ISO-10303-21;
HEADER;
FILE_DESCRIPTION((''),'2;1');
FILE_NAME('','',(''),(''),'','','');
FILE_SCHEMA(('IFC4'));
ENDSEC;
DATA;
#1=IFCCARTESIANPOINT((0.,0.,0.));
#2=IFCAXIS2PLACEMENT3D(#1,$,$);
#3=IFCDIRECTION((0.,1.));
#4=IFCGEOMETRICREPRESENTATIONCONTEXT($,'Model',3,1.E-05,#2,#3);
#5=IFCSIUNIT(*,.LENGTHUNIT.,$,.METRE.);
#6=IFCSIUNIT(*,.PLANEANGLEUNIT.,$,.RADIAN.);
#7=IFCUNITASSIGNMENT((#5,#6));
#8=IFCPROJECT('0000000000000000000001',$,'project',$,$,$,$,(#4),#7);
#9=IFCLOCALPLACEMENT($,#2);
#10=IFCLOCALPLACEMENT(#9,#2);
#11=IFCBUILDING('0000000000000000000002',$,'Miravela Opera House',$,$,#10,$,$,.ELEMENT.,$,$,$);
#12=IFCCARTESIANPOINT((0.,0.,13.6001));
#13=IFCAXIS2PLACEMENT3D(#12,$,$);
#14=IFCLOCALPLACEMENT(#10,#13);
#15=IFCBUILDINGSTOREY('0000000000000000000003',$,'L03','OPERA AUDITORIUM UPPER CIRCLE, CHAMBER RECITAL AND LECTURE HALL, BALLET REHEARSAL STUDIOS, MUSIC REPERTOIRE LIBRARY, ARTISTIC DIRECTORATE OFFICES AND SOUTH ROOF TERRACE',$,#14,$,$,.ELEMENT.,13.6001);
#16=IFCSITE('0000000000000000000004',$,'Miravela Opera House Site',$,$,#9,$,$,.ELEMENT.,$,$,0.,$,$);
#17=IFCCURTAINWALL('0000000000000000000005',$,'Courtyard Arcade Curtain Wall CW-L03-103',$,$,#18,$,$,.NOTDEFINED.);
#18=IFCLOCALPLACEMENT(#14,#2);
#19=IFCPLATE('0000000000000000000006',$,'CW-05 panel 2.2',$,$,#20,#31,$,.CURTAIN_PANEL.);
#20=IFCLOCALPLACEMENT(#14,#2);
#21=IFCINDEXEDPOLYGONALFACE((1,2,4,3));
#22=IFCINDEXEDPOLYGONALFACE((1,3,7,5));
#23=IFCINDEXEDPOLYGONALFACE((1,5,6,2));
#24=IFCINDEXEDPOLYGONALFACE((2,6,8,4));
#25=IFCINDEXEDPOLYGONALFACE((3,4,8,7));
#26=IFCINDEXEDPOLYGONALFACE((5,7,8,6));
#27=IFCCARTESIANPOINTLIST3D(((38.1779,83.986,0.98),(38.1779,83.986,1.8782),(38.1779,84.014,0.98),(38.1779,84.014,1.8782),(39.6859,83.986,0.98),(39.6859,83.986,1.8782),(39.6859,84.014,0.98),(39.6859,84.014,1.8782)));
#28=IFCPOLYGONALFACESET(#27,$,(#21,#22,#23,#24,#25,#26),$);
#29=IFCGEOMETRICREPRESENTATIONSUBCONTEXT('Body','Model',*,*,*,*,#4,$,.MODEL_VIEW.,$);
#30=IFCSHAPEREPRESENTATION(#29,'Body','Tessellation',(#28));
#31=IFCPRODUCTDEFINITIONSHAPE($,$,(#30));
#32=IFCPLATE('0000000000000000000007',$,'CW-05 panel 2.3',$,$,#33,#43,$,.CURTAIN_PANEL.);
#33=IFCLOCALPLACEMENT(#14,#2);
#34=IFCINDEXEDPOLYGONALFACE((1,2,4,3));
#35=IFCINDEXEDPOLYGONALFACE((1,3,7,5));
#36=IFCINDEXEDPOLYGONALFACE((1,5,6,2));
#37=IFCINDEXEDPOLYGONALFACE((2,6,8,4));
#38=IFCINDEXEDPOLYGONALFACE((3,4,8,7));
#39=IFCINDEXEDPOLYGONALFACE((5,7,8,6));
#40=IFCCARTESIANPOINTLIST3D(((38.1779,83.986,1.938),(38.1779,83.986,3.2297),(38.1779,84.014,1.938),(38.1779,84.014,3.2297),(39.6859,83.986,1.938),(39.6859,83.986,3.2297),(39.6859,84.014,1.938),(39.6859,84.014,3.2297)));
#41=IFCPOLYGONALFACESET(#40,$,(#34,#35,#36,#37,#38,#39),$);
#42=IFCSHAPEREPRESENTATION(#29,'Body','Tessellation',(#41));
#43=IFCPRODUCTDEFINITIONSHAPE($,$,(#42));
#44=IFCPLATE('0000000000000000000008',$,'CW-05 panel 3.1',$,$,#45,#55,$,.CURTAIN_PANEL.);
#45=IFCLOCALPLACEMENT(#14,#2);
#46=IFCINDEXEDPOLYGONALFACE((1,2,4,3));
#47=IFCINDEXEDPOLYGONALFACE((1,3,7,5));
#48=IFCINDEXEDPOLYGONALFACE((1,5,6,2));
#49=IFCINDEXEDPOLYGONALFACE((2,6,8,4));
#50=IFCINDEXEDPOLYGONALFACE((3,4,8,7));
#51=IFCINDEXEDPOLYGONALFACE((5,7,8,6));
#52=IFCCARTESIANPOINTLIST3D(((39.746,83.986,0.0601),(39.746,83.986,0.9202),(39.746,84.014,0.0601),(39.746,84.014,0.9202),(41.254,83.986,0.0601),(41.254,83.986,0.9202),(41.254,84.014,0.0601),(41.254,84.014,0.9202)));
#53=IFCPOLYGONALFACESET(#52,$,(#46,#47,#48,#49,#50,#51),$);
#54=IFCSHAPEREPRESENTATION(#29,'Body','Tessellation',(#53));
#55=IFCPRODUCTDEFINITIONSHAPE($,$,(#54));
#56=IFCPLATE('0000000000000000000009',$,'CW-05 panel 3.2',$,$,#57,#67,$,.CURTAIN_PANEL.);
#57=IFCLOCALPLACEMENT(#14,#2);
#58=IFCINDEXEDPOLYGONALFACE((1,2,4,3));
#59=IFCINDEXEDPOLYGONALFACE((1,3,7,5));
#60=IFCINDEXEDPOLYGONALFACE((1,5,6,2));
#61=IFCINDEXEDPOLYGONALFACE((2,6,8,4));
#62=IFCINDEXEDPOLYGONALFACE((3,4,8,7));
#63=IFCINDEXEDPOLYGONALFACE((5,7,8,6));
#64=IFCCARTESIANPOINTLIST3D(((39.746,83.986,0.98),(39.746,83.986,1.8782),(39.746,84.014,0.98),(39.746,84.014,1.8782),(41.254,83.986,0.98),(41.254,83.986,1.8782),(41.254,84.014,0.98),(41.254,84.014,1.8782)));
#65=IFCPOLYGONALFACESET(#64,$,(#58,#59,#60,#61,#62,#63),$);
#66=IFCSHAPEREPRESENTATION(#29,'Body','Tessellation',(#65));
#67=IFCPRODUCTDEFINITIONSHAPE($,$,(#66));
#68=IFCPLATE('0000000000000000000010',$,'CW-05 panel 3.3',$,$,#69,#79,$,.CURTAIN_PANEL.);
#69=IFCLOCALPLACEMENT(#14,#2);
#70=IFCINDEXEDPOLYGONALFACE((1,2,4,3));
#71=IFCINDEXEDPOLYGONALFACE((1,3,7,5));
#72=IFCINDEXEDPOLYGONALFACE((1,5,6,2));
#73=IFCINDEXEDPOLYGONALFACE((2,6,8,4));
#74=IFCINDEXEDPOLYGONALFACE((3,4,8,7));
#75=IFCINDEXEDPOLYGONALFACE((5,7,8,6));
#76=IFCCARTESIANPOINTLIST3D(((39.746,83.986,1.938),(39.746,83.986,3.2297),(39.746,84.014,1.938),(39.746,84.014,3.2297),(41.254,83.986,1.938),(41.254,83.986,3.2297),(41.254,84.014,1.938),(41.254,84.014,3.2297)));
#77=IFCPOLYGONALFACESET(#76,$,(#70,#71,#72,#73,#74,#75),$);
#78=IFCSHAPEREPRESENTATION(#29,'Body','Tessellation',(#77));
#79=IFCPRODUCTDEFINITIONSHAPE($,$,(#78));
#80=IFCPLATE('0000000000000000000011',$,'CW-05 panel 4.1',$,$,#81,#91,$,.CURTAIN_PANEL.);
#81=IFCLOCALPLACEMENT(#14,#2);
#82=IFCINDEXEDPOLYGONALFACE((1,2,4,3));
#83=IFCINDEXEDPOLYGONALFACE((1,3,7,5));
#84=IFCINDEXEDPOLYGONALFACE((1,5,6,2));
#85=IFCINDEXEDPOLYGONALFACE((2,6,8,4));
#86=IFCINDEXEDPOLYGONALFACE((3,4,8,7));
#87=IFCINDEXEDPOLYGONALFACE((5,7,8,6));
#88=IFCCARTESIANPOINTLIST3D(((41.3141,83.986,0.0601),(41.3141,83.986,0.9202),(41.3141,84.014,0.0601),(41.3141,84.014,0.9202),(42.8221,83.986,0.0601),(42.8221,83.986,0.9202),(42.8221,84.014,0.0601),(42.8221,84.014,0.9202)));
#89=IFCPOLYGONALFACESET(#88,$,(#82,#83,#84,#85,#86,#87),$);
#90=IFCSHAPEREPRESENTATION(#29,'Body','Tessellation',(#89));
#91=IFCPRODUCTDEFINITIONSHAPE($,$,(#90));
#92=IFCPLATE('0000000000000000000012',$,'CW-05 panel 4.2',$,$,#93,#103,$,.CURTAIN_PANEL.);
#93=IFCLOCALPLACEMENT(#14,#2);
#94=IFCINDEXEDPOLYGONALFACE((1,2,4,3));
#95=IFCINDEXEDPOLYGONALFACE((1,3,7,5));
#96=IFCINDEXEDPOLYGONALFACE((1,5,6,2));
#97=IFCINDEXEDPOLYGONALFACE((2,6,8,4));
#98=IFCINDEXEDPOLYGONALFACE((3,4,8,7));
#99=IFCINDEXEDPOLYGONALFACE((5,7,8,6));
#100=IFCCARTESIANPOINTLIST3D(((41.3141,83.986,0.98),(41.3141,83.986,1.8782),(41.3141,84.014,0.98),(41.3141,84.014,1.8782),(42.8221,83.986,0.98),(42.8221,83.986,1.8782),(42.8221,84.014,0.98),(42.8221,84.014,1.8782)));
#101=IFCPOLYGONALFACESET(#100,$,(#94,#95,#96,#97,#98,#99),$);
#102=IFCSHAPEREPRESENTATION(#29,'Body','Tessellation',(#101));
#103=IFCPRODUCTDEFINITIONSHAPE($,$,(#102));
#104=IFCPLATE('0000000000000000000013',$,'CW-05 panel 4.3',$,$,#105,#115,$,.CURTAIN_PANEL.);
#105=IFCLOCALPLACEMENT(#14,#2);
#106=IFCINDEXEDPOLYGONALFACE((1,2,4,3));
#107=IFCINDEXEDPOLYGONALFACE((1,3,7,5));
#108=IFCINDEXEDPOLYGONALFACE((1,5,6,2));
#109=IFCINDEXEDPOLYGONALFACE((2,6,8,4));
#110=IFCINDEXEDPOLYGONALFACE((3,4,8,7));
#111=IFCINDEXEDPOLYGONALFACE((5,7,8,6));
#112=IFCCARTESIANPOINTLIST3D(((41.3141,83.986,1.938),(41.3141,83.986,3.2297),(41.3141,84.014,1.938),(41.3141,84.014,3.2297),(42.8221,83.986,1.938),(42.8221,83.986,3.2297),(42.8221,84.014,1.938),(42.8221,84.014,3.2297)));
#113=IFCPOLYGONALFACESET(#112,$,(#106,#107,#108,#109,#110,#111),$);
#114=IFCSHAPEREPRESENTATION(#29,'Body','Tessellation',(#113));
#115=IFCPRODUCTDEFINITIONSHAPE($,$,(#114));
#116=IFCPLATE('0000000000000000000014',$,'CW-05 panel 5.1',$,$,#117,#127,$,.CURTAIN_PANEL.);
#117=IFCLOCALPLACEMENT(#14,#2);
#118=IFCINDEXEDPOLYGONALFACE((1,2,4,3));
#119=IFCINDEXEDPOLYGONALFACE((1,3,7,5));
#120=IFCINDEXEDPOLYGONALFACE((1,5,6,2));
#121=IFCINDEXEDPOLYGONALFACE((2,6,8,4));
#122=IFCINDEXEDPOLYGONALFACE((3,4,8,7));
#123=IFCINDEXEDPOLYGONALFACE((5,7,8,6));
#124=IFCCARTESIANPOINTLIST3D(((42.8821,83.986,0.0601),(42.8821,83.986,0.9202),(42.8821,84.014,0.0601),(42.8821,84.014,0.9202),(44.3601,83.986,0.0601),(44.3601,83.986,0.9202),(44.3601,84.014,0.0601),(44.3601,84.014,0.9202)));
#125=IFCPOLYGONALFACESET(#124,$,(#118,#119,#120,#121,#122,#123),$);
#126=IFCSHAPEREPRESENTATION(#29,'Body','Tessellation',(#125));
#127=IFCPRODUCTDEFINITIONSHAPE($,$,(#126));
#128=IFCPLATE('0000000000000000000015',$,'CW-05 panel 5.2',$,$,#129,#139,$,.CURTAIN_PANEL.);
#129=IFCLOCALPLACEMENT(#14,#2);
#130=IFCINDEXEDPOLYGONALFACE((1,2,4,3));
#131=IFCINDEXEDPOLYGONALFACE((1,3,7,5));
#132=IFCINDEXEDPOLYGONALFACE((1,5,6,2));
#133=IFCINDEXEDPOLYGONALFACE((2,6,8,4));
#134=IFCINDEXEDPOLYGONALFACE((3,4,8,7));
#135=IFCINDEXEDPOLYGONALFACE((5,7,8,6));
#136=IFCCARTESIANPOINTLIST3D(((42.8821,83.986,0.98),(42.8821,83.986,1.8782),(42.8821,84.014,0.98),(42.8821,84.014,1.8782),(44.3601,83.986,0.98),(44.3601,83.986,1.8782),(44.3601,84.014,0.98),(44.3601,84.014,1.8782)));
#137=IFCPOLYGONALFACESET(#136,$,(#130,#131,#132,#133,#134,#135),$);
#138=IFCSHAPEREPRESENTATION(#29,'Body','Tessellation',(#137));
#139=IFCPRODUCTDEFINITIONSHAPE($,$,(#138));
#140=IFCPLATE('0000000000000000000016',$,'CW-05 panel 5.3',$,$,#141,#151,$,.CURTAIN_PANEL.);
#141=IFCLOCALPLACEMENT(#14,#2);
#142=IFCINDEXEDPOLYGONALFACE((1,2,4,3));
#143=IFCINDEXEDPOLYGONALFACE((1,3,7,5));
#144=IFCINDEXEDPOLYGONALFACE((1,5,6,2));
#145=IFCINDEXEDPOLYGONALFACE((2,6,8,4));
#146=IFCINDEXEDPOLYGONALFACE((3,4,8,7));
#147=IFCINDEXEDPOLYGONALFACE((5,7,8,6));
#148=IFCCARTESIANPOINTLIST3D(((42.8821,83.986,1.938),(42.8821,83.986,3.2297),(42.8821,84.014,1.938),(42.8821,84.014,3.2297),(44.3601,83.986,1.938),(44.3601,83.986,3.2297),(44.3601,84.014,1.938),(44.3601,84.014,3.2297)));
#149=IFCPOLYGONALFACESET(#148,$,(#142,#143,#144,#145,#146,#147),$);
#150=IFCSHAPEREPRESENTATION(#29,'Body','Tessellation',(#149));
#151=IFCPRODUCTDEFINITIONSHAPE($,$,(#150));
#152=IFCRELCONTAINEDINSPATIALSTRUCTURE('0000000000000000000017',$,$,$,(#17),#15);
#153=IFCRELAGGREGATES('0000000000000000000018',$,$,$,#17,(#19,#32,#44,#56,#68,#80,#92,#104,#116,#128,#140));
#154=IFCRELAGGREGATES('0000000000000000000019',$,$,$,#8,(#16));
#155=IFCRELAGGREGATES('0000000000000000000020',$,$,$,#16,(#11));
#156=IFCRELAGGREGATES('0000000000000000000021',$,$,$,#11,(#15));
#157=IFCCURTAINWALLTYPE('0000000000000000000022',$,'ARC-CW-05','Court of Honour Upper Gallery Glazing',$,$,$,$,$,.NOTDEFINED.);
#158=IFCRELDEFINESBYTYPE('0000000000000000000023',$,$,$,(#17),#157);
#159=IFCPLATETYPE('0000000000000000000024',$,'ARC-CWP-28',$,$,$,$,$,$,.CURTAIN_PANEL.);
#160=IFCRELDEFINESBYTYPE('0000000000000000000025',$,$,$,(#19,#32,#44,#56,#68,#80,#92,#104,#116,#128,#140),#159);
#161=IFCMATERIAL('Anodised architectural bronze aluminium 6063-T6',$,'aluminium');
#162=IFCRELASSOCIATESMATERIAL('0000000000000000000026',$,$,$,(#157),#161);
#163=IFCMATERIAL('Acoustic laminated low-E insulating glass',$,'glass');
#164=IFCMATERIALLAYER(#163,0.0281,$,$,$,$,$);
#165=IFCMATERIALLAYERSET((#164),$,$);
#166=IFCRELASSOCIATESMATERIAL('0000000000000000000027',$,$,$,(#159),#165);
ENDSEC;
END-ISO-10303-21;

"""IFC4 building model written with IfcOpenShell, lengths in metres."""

from ifc_helpers import new_model, si_unit, direction, frame, origin, origin_2d, place, context, subcontext, project, spatial, rectangle, extrude, material, layer, layer_set, type_object, element, aggregate, save


model = new_model("IFC4")

# Units and contexts
model_context = context("Model", 3, precision=1e-05, world=origin(), true_north=direction((0.0, 1.0)))
body_context = subcontext(model_context, "Body", "Model", "MODEL_VIEW")
ifc_project = project(units=[si_unit("LENGTHUNIT", "METRE"), si_unit("PLANEANGLEUNIT", "RADIAN")], contexts=[model_context])

# Site, building, storey
site_placement = place(None, origin())
site = spatial("IfcSite", under=ifc_project, at=site_placement, Name="Miravela Opera House Site", CompositionType="ELEMENT", RefElevation=0.0)
building_placement = place(site_placement, origin())
building = spatial("IfcBuilding", under=site, at=building_placement, Name="Miravela Opera House", CompositionType="ELEMENT")
storey_placement = place(building_placement, frame((0.0, 0.0, 13.6001)))
storey = spatial("IfcBuildingStorey", under=building, at=storey_placement, Name="L03", Description="OPERA AUDITORIUM UPPER CIRCLE, CHAMBER RECITAL AND LECTURE HALL, BALLET REHEARSAL STUDIOS, MUSIC REPERTOIRE LIBRARY, ARTISTIC DIRECTORATE OFFICES AND SOUTH ROOF TERRACE", CompositionType="ELEMENT", Elevation=13.6001)

# Curtain wall, plates
ifc_material_1 = material(Name="Anodised architectural bronze aluminium 6063-T6", Category="aluminium")
curtain_wall_type = type_object("IfcCurtainWallType", Name="ARC-CW-05", Description="Court of Honour Upper Gallery Glazing", PredefinedType="NOTDEFINED", material=ifc_material_1)
curtain_wall_placement = place(storey_placement, origin())
curtain_wall = element("IfcCurtainWall", 1, at=curtain_wall_placement, inside=storey, type_object=curtain_wall_type, Name="Courtyard Arcade Curtain Wall CW-L03-103", PredefinedType="NOTDEFINED")
ifc_material_2 = material(Name="Acoustic laminated low-E insulating glass", Category="glass")
ifc_layer = layer(ifc_material_2, 0.0281)
ifc_layer_set = layer_set([ifc_layer])
plate_type = type_object("IfcPlateType", Name="ARC-CWP-28", PredefinedType="CURTAIN_PANEL", material=ifc_layer_set)
plate_1_placement = place(storey_placement, frame((38.9319, 84.0, 0.98), z_axis=(0.0, 0.0, 1.0), x_axis=(1.0, 0.0, 0.0)))
plate_1 = element("IfcPlate", 2, at=plate_1_placement, type_object=plate_type, Name="CW-05 panel 2.2", PredefinedType="CURTAIN_PANEL", context=body_context, shape_type="SweptSolid", body=[
    extrude(rectangle(XDim=1.5081, YDim=0.0281, at=origin_2d()), origin(), (0.0, 0.0, 1.0), 0.8982),
])
plate_2_placement = place(storey_placement, frame((38.9319, 84.0, 1.938), z_axis=(0.0, 0.0, 1.0), x_axis=(1.0, 0.0, 0.0)))
plate_2 = element("IfcPlate", 3, at=plate_2_placement, type_object=plate_type, Name="CW-05 panel 2.3", PredefinedType="CURTAIN_PANEL", context=body_context, shape_type="SweptSolid", body=[
    extrude(rectangle(XDim=1.5081, YDim=0.0281, at=origin_2d()), origin(), (0.0, 0.0, 1.0), 1.2917),
])
plate_3_placement = place(storey_placement, frame((40.5, 84.0, 0.0601), z_axis=(0.0, 0.0, 1.0), x_axis=(1.0, 0.0, 0.0)))
plate_3 = element("IfcPlate", 4, at=plate_3_placement, type_object=plate_type, Name="CW-05 panel 3.1", PredefinedType="CURTAIN_PANEL", context=body_context, shape_type="SweptSolid", body=[
    extrude(rectangle(XDim=1.5081, YDim=0.0281, at=origin_2d()), origin(), (0.0, 0.0, 1.0), 0.8601),
])
plate_4_placement = place(storey_placement, frame((40.5, 84.0, 0.98), z_axis=(0.0, 0.0, 1.0), x_axis=(1.0, 0.0, 0.0)))
plate_4 = element("IfcPlate", 5, at=plate_4_placement, type_object=plate_type, Name="CW-05 panel 3.2", PredefinedType="CURTAIN_PANEL", context=body_context, shape_type="SweptSolid", body=[
    extrude(rectangle(XDim=1.5081, YDim=0.0281, at=origin_2d()), origin(), (0.0, 0.0, 1.0), 0.8982),
])
plate_5_placement = place(storey_placement, frame((40.5, 84.0, 1.938), z_axis=(0.0, 0.0, 1.0), x_axis=(1.0, 0.0, 0.0)))
plate_5 = element("IfcPlate", 6, at=plate_5_placement, type_object=plate_type, Name="CW-05 panel 3.3", PredefinedType="CURTAIN_PANEL", context=body_context, shape_type="SweptSolid", body=[
    extrude(rectangle(XDim=1.5081, YDim=0.0281, at=origin_2d()), origin(), (0.0, 0.0, 1.0), 1.2917),
])
plate_6_placement = place(storey_placement, frame((42.0681, 84.0, 0.0601), z_axis=(0.0, 0.0, 1.0), x_axis=(1.0, 0.0, 0.0)))
plate_6 = element("IfcPlate", 7, at=plate_6_placement, type_object=plate_type, Name="CW-05 panel 4.1", PredefinedType="CURTAIN_PANEL", context=body_context, shape_type="SweptSolid", body=[
    extrude(rectangle(XDim=1.5081, YDim=0.0281, at=origin_2d()), origin(), (0.0, 0.0, 1.0), 0.8601),
])
plate_7_placement = place(storey_placement, frame((42.0681, 84.0, 0.98), z_axis=(0.0, 0.0, 1.0), x_axis=(1.0, 0.0, 0.0)))
plate_7 = element("IfcPlate", 8, at=plate_7_placement, type_object=plate_type, Name="CW-05 panel 4.2", PredefinedType="CURTAIN_PANEL", context=body_context, shape_type="SweptSolid", body=[
    extrude(rectangle(XDim=1.5081, YDim=0.0281, at=origin_2d()), origin(), (0.0, 0.0, 1.0), 0.8982),
])
plate_8_placement = place(storey_placement, frame((42.0681, 84.0, 1.938), z_axis=(0.0, 0.0, 1.0), x_axis=(1.0, 0.0, 0.0)))
plate_8 = element("IfcPlate", 9, at=plate_8_placement, type_object=plate_type, Name="CW-05 panel 4.3", PredefinedType="CURTAIN_PANEL", context=body_context, shape_type="SweptSolid", body=[
    extrude(rectangle(XDim=1.5081, YDim=0.0281, at=origin_2d()), origin(), (0.0, 0.0, 1.0), 1.2917),
])
plate_9_placement = place(storey_placement, frame((43.6211, 84.0, 0.0601), z_axis=(0.0, 0.0, 1.0), x_axis=(1.0, 0.0, 0.0)))
plate_9 = element("IfcPlate", 10, at=plate_9_placement, type_object=plate_type, Name="CW-05 panel 5.1", PredefinedType="CURTAIN_PANEL", context=body_context, shape_type="SweptSolid", body=[
    extrude(rectangle(XDim=1.478, YDim=0.0281, at=origin_2d()), origin(), (0.0, 0.0, 1.0), 0.8601),
])
plate_10_placement = place(storey_placement, frame((43.6211, 84.0, 0.98), z_axis=(0.0, 0.0, 1.0), x_axis=(1.0, 0.0, 0.0)))
plate_10 = element("IfcPlate", 11, at=plate_10_placement, type_object=plate_type, Name="CW-05 panel 5.2", PredefinedType="CURTAIN_PANEL", context=body_context, shape_type="SweptSolid", body=[
    extrude(rectangle(XDim=1.478, YDim=0.0281, at=origin_2d()), origin(), (0.0, 0.0, 1.0), 0.8982),
])
plate_11_placement = place(storey_placement, frame((43.6211, 84.0, 1.938), z_axis=(0.0, 0.0, 1.0), x_axis=(1.0, 0.0, 0.0)))
plate_11 = element("IfcPlate", 12, at=plate_11_placement, type_object=plate_type, Name="CW-05 panel 5.3", PredefinedType="CURTAIN_PANEL", context=body_context, shape_type="SweptSolid", body=[
    extrude(rectangle(XDim=1.478, YDim=0.0281, at=origin_2d()), origin(), (0.0, 0.0, 1.0), 1.2917),
])
aggregate(curtain_wall, [plate_1, plate_2, plate_3, plate_4, plate_5, plate_6, plate_7, plate_8, plate_9, plate_10, plate_11])

save(model, "model.ifc")
